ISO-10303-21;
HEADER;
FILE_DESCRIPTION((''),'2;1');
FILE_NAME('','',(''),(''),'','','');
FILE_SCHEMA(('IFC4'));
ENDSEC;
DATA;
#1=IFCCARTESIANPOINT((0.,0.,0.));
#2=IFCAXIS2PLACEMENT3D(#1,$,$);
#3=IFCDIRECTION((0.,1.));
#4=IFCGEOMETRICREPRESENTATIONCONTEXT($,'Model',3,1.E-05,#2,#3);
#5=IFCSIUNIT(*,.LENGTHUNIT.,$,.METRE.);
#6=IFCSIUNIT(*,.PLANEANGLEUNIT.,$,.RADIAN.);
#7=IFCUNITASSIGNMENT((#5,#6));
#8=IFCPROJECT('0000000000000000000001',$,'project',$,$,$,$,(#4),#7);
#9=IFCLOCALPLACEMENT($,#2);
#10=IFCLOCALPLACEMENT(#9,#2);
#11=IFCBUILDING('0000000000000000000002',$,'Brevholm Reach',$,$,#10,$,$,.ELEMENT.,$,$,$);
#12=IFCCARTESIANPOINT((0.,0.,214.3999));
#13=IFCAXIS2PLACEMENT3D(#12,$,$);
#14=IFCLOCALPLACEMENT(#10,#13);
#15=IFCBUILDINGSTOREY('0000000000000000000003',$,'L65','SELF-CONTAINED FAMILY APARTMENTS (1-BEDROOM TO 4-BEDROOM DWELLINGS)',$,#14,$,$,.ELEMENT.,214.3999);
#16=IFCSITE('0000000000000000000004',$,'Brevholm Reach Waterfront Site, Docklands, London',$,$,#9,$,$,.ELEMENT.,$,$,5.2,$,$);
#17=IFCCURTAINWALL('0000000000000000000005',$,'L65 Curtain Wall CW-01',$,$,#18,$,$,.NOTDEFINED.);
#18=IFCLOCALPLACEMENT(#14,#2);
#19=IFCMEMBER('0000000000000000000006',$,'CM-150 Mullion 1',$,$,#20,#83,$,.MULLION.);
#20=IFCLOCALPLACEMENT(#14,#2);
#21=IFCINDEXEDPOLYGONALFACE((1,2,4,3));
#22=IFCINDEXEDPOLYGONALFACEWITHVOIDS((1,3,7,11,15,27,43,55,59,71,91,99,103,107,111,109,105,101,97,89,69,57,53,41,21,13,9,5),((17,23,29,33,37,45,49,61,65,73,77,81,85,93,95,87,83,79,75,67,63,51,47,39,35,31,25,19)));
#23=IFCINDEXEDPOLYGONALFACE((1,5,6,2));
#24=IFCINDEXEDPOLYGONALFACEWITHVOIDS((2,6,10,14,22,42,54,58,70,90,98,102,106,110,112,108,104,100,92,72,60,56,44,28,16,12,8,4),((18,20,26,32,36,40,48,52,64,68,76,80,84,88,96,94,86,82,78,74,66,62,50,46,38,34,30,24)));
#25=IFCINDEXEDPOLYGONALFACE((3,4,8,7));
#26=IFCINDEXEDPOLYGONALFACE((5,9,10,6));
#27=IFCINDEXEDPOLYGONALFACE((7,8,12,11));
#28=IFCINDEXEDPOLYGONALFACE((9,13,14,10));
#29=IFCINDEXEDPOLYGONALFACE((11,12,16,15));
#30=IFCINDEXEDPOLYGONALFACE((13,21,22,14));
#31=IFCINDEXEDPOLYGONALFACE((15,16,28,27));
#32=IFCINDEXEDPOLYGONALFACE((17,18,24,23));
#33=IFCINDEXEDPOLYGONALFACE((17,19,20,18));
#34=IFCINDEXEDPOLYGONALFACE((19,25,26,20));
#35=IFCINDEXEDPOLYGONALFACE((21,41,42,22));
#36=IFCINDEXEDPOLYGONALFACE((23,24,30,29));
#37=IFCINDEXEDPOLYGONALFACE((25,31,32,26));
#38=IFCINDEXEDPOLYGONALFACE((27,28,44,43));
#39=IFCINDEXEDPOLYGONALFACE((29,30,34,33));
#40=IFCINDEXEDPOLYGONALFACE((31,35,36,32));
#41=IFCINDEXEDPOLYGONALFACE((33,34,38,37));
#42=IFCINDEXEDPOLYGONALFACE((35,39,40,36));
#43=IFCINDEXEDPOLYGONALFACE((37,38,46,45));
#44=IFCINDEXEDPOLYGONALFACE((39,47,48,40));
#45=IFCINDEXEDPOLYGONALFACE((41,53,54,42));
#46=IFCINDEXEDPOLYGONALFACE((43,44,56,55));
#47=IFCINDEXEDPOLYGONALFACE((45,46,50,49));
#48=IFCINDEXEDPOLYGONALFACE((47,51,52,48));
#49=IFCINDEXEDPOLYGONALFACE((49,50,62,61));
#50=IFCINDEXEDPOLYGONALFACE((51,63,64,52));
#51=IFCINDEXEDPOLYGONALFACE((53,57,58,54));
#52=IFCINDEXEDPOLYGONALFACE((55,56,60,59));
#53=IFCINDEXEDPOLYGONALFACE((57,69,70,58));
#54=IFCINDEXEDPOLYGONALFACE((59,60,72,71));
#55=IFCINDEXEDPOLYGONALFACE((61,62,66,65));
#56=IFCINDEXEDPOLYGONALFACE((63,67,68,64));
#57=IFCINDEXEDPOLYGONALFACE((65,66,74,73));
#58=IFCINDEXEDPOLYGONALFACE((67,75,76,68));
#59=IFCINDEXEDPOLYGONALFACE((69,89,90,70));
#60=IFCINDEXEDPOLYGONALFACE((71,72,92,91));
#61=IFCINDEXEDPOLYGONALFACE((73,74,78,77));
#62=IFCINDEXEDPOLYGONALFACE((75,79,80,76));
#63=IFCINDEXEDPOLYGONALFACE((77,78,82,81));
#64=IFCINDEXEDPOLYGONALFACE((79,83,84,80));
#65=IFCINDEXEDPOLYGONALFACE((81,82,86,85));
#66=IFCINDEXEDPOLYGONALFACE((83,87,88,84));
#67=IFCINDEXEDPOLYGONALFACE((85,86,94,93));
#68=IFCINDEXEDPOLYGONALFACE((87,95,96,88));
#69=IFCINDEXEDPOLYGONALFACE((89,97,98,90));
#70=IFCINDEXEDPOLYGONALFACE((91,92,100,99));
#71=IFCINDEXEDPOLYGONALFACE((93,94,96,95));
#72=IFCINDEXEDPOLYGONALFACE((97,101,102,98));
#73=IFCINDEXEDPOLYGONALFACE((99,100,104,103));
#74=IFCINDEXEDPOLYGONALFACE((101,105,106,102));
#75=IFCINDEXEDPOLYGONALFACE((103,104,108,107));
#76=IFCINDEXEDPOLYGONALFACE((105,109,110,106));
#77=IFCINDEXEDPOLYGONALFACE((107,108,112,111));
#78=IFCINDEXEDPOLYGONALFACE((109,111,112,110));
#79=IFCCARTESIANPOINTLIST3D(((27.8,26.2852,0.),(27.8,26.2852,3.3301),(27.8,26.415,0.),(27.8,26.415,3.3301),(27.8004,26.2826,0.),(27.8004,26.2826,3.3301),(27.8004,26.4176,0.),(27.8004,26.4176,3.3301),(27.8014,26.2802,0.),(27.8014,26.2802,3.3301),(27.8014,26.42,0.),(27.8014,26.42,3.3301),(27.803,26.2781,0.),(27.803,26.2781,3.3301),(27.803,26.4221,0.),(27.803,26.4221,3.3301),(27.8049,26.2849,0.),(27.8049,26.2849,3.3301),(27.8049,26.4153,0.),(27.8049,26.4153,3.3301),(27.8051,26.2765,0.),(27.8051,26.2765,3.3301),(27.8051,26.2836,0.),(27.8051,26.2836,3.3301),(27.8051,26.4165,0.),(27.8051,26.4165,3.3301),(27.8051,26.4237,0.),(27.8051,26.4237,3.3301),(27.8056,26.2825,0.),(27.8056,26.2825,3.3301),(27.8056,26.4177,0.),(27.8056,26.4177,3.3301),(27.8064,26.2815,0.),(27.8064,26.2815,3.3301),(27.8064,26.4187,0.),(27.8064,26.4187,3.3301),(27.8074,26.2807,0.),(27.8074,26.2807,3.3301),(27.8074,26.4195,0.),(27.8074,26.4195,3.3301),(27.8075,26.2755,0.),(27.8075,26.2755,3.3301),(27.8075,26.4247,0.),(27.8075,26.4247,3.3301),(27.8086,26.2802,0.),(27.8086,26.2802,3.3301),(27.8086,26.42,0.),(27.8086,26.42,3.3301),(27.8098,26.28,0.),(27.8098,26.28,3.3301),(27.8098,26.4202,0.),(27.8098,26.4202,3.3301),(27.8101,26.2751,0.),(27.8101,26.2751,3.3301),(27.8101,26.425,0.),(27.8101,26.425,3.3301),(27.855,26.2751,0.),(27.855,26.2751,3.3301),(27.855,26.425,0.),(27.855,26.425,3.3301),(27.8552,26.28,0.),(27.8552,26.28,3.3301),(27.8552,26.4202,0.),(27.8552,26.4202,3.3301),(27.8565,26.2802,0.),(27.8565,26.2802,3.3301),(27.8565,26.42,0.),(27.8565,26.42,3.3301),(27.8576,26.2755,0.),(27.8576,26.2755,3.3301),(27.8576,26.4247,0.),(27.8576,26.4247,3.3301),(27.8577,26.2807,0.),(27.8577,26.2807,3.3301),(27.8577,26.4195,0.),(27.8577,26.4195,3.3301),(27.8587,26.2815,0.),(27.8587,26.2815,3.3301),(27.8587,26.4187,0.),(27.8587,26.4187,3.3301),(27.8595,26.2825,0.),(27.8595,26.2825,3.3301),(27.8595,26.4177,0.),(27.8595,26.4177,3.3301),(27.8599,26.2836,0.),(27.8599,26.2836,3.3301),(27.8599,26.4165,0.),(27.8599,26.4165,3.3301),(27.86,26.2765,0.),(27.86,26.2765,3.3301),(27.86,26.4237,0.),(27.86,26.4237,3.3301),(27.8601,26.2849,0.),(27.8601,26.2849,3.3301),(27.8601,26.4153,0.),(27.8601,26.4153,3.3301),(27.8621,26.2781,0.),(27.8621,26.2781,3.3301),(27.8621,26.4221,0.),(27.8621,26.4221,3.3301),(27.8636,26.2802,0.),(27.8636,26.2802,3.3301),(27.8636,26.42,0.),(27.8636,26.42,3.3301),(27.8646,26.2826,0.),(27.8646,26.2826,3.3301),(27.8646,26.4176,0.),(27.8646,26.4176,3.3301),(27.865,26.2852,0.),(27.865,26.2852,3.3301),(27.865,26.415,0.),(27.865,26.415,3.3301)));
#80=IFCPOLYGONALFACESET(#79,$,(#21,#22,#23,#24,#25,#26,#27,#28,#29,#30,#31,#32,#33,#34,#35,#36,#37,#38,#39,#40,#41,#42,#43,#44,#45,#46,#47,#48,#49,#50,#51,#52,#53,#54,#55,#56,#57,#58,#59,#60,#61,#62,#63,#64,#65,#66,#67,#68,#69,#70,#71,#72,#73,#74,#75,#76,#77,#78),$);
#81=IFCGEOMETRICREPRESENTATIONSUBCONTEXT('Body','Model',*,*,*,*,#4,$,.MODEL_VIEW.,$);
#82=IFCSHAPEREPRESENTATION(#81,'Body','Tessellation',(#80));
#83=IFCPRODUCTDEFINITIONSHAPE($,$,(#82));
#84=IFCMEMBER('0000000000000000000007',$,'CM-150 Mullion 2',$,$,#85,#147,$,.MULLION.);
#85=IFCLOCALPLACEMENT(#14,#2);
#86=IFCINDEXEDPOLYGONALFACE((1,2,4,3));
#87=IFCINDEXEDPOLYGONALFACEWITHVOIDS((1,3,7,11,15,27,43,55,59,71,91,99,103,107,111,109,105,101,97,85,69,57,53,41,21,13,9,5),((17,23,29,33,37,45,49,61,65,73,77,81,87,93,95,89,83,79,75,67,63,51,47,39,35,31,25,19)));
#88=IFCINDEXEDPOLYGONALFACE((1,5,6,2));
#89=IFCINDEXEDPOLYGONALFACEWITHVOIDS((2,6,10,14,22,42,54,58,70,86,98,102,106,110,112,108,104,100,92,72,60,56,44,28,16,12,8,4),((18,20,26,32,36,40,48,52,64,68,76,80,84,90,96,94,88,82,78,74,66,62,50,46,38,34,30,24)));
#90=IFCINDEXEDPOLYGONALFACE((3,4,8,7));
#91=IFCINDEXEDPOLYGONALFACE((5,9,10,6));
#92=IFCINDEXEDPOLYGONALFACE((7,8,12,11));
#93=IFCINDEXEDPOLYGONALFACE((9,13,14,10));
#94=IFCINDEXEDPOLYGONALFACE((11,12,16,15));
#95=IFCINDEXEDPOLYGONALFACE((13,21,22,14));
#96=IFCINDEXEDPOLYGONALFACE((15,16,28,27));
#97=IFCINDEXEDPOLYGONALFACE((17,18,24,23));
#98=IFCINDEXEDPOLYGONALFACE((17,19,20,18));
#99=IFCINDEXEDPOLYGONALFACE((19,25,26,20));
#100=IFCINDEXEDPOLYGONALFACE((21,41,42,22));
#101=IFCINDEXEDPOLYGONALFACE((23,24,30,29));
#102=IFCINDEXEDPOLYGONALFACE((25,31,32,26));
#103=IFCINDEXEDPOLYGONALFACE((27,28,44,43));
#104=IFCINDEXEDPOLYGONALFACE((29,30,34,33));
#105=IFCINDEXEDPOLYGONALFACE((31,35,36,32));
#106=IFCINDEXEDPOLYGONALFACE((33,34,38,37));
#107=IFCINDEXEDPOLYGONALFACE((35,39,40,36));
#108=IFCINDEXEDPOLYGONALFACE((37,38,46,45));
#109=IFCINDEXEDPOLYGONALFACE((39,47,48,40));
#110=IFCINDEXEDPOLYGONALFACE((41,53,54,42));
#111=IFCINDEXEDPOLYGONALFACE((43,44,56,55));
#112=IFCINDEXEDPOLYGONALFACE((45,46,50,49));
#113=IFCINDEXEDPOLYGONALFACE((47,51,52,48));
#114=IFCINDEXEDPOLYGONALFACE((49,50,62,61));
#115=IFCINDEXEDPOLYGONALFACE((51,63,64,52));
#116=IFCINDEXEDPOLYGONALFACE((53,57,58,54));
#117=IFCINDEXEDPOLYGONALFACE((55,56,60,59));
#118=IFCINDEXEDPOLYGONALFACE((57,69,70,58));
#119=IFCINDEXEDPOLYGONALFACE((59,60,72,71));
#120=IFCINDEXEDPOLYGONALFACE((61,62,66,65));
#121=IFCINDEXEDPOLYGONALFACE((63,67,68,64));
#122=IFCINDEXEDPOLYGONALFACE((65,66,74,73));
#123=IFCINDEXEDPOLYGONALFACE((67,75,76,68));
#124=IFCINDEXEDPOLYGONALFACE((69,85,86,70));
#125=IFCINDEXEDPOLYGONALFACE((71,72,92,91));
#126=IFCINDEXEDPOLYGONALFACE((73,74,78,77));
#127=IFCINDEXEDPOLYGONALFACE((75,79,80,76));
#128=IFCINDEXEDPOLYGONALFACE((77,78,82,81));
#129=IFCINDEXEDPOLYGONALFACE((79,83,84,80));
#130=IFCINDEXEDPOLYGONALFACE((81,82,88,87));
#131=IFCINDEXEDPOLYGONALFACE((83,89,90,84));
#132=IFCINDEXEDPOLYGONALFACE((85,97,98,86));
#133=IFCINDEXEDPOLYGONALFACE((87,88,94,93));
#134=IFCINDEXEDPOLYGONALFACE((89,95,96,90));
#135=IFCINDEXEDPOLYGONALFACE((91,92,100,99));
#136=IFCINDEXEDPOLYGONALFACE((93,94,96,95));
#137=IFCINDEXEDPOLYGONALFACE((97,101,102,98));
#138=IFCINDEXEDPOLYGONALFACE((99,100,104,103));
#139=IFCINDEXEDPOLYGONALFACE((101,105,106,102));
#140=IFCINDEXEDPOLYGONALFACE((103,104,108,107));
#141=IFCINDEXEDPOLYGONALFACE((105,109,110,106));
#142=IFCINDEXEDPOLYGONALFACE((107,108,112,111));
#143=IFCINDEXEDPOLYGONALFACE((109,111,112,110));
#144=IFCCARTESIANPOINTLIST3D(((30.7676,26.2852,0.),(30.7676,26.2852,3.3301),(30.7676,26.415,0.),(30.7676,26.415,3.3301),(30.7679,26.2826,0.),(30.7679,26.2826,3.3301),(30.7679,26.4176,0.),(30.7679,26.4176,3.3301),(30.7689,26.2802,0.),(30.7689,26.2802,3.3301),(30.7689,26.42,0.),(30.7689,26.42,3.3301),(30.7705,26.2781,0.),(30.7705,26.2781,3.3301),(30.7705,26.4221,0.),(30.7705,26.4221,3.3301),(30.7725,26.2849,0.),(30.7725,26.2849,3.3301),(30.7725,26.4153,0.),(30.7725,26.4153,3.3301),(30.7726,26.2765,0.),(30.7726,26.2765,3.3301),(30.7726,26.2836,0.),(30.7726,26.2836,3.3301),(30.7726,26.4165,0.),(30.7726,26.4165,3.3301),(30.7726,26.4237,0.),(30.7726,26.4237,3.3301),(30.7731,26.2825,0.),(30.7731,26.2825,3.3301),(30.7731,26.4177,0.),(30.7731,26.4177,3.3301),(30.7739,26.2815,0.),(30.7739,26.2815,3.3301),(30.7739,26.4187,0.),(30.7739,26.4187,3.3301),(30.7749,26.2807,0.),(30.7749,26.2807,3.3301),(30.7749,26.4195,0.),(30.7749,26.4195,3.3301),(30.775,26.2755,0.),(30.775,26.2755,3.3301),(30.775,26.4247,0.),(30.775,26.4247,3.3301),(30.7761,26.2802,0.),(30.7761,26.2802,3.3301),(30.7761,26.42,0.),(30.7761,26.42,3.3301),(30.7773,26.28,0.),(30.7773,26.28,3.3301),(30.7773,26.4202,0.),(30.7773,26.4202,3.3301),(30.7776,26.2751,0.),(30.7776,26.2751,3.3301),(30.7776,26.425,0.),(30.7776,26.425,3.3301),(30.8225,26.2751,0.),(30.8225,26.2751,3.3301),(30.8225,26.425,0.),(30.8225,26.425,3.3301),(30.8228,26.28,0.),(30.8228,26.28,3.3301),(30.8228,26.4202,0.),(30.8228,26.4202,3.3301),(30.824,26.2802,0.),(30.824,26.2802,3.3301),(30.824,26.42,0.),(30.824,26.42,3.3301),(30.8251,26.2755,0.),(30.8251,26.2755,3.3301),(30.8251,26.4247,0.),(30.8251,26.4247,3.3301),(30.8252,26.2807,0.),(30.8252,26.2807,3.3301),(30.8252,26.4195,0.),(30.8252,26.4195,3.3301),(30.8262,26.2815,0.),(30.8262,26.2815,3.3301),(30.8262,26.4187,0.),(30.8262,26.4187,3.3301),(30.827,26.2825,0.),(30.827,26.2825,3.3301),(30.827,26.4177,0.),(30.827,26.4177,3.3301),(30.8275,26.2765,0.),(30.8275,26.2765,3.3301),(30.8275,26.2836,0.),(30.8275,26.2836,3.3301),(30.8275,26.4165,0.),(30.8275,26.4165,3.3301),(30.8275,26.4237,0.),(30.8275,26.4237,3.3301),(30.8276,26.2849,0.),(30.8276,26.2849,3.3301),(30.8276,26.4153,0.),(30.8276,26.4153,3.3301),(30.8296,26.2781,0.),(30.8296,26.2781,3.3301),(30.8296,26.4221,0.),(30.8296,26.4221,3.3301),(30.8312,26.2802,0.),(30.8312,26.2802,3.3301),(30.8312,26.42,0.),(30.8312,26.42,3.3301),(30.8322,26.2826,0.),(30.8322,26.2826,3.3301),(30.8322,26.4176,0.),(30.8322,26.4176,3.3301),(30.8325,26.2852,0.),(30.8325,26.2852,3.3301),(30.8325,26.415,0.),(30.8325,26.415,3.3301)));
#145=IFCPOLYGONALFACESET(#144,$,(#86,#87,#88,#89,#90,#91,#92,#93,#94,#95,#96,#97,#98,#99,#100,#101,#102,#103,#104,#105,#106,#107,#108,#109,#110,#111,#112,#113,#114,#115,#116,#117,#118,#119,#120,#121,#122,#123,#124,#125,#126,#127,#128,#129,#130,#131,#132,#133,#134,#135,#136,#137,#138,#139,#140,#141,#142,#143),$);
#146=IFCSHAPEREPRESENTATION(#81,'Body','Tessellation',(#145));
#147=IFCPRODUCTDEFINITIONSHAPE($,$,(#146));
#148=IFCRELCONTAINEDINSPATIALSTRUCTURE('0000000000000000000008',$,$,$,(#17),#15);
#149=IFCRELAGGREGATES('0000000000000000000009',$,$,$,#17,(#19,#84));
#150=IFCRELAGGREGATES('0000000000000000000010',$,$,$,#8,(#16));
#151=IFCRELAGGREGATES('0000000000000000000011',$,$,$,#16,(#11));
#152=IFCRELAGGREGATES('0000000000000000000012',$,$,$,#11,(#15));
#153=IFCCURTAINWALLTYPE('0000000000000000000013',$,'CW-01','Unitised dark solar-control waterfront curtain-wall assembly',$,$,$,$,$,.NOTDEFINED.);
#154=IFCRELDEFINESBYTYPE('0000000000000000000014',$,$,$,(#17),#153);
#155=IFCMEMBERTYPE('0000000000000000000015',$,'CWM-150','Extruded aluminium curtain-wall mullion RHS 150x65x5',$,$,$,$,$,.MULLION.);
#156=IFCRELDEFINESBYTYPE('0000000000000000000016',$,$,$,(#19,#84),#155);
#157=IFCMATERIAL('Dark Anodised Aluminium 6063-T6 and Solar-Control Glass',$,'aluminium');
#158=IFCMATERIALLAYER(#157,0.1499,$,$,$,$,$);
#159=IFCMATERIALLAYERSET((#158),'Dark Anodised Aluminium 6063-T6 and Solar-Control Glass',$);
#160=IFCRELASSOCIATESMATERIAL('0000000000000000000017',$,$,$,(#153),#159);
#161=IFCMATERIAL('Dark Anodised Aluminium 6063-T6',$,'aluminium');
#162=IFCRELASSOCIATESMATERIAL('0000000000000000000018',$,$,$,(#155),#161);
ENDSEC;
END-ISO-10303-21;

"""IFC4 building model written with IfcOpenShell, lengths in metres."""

from ifc_helpers import new_model, si_unit, direction, frame, origin, origin_2d, place, context, subcontext, project, spatial, hollow_rectangle, extrude, material, layer, layer_set, material_profile, profile_set, type_object, element, aggregate, save


model = new_model("IFC4")

# Units and contexts
model_context = context("Model", 3, precision=1e-05, world=origin(), true_north=direction((0.0, 1.0)))
body_context = subcontext(model_context, "Body", "Model", "MODEL_VIEW")
ifc_project = project(units=[si_unit("LENGTHUNIT", "METRE"), si_unit("PLANEANGLEUNIT", "RADIAN")], contexts=[model_context])

# Site, building, storey
site_placement = place(None, origin())
site = spatial("IfcSite", under=ifc_project, at=site_placement, Name="Brevholm Reach Waterfront Site, Docklands, London", CompositionType="ELEMENT", RefElevation=5.2)
building_placement = place(site_placement, origin())
building = spatial("IfcBuilding", under=site, at=building_placement, Name="Brevholm Reach", CompositionType="ELEMENT")
storey_placement = place(building_placement, frame((0.0, 0.0, 214.3999)))
storey = spatial("IfcBuildingStorey", under=building, at=storey_placement, Name="L65", Description="SELF-CONTAINED FAMILY APARTMENTS (1-BEDROOM TO 4-BEDROOM DWELLINGS)", CompositionType="ELEMENT", Elevation=214.3999)

# Curtain wall, members
ifc_material_1 = material(Name="Dark Anodised Aluminium 6063-T6 and Solar-Control Glass", Category="aluminium")
ifc_layer_1 = layer(ifc_material_1, 0.1499)
ifc_layer_set_1 = layer_set([ifc_layer_1], Name="Dark Anodised Aluminium 6063-T6 and Solar-Control Glass")
curtain_wall_type = type_object("IfcCurtainWallType", Name="CW-01", Description="Unitised dark solar-control waterfront curtain-wall assembly", PredefinedType="NOTDEFINED", material=ifc_layer_set_1)
curtain_wall_placement = place(storey_placement, origin())
curtain_wall = element("IfcCurtainWall", 1, at=curtain_wall_placement, inside=storey, type_object=curtain_wall_type, Name="L65 Curtain Wall CW-01", PredefinedType="NOTDEFINED")
ifc_material_2 = material(Name="Dark Anodised Aluminium 6063-T6", Category="aluminium")
ifc_material_profile_1 = material_profile(ifc_material_2, hollow_rectangle(XDim=0.0649, YDim=0.1499, WallThickness=0.0049, InnerFilletRadius=0.0049, OuterFilletRadius=0.01, at=origin_2d()), Name="RHS 150x65x5")
ifc_profile_set_1 = profile_set([ifc_material_profile_1], Name="Dark Anodised Aluminium 6063-T6")
member_type_1 = type_object("IfcMemberType", Name="CWM-150", Description="Extruded aluminium curtain-wall mullion RHS 150x65x5", PredefinedType="MULLION", material=ifc_profile_set_1)
member_1_placement = place(storey_placement, frame((27.8325, 26.3501, 0.0), z_axis=(0.0, 0.0, 1.0), x_axis=(1.0, 0.0, 0.0)))
member_1 = element("IfcMember", 2, at=member_1_placement, type_object=member_type_1, Name="CM-150 Mullion 1", PredefinedType="MULLION", context=body_context, shape_type="SweptSolid", body=[
    extrude(hollow_rectangle(XDim=0.0649, YDim=0.1499, WallThickness=0.0049, InnerFilletRadius=0.0049, OuterFilletRadius=0.01, at=origin_2d()), origin(), (0.0, 0.0, 1.0), 3.3301),
])
member_2_placement = place(storey_placement, frame((30.8, 26.3501, 0.0), z_axis=(0.0, 0.0, 1.0), x_axis=(1.0, 0.0, 0.0)))
member_2 = element("IfcMember", 3, at=member_2_placement, type_object=member_type_1, Name="CM-150 Mullion 2", PredefinedType="MULLION", context=body_context, shape_type="SweptSolid", body=[
    extrude(hollow_rectangle(XDim=0.0649, YDim=0.1499, WallThickness=0.0049, InnerFilletRadius=0.0049, OuterFilletRadius=0.01, at=origin_2d()), origin(), (0.0, 0.0, 1.0), 3.3301),
])

aggregate(curtain_wall, [member_1, member_2])

save(model, "model.ifc")
